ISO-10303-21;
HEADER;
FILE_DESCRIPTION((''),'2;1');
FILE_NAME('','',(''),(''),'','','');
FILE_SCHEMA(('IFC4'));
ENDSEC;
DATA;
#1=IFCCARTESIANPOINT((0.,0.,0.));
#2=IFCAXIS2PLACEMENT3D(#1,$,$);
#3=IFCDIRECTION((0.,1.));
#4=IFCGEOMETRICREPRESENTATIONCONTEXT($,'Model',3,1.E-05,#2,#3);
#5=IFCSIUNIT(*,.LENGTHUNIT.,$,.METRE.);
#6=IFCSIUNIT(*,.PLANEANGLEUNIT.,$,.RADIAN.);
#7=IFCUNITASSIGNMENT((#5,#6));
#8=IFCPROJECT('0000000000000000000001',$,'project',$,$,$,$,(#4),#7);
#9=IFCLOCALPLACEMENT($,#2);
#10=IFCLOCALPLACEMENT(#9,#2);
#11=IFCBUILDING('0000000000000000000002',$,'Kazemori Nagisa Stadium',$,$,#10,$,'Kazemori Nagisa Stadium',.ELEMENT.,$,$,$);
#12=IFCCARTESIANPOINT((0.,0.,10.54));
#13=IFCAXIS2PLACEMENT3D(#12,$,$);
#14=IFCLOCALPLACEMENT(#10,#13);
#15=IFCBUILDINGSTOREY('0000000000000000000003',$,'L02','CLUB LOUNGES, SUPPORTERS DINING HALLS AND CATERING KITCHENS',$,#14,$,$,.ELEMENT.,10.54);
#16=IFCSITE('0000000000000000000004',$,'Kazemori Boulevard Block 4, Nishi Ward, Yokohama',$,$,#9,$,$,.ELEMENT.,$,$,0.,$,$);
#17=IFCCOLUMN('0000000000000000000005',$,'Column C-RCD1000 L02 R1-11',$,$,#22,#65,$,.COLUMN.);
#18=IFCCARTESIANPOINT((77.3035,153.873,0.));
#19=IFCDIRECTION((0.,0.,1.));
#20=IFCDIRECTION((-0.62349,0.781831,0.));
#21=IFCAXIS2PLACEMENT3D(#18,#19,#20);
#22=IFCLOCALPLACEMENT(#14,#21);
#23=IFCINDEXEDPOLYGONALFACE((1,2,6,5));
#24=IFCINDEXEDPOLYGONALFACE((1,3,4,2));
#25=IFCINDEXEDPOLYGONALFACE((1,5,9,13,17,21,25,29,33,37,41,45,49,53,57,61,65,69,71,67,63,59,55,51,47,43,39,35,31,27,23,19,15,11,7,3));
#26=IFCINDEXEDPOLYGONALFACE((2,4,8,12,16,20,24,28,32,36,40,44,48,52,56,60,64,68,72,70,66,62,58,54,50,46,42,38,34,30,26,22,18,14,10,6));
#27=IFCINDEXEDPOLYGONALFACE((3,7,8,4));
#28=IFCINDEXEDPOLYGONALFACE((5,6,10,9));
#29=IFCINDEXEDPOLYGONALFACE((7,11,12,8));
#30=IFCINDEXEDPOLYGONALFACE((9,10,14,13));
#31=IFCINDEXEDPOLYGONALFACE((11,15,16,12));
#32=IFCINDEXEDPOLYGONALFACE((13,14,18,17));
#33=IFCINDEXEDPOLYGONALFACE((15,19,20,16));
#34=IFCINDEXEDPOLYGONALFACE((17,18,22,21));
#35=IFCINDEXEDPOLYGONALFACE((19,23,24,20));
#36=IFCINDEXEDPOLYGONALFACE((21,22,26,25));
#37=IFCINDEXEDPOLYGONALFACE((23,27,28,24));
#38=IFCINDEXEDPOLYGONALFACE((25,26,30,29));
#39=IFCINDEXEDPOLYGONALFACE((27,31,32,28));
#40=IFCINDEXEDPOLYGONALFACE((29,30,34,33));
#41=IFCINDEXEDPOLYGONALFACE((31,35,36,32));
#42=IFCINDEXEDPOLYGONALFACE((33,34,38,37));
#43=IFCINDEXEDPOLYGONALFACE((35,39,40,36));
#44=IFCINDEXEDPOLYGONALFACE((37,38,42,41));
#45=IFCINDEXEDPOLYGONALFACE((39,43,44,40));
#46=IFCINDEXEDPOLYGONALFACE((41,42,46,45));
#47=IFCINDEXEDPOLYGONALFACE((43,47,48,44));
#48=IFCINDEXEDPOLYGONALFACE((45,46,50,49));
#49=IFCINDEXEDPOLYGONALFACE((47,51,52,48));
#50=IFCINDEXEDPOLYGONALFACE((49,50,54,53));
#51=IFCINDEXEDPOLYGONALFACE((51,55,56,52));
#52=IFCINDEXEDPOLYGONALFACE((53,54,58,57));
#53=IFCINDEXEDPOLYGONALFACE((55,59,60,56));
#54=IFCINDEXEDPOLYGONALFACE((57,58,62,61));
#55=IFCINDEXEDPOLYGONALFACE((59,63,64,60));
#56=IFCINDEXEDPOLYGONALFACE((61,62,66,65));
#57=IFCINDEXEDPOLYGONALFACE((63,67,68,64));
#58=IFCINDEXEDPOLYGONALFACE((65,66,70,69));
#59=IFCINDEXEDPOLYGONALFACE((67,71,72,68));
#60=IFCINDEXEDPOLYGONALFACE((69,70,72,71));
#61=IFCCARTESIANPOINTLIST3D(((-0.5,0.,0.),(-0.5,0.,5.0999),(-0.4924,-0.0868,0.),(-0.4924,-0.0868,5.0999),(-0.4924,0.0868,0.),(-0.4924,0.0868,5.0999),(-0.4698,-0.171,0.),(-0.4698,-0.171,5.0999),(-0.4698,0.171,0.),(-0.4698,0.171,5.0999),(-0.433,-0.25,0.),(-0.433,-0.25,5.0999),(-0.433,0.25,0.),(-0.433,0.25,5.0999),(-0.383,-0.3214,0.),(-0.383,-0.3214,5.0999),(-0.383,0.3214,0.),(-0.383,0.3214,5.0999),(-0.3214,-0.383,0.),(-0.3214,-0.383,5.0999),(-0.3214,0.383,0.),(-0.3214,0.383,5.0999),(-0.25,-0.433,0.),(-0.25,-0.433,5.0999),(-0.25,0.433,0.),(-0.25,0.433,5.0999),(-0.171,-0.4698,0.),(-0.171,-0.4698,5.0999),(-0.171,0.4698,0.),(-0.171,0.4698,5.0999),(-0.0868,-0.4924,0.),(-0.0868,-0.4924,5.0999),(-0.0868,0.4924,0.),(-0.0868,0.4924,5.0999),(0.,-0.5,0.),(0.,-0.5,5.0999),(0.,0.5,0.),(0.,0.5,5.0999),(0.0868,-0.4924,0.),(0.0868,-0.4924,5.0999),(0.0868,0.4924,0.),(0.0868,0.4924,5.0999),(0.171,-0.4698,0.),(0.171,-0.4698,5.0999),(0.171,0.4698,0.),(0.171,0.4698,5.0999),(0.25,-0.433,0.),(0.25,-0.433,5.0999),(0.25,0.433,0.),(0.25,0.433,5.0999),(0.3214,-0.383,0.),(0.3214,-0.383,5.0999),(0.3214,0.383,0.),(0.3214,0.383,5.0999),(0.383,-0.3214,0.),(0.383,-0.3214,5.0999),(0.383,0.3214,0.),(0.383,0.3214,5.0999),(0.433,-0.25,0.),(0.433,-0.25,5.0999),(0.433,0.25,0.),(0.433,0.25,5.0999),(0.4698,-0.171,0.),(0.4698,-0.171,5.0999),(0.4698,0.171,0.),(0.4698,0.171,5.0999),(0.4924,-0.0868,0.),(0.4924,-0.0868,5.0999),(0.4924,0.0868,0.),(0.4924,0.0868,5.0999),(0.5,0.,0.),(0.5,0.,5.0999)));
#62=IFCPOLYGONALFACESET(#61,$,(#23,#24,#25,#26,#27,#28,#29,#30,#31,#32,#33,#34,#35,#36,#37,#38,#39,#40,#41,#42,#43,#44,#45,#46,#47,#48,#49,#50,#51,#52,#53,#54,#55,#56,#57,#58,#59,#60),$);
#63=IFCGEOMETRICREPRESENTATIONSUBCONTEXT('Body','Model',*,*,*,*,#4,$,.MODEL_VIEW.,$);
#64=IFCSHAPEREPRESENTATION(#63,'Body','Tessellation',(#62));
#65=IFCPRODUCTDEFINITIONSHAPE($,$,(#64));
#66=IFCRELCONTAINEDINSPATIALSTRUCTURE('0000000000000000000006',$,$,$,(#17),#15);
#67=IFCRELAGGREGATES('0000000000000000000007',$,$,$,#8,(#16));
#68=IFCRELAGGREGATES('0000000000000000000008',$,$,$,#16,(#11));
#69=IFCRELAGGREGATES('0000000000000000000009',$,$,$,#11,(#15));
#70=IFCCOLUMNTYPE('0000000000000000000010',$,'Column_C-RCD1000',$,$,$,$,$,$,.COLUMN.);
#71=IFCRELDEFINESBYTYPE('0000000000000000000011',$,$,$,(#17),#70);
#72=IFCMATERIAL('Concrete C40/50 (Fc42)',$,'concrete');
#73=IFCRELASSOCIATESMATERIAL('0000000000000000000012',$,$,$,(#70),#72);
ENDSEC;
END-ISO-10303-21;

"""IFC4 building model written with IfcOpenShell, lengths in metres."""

from ifc_helpers import new_model, si_unit, direction, frame, origin, origin_2d, place, context, subcontext, project, spatial, circle, extrude, material, material_profile, profile_set, type_object, element, save


model = new_model("IFC4")

# Units and contexts
model_context = context("Model", 3, precision=1e-05, world=origin(), true_north=direction((0.0, 1.0)))
body_context = subcontext(model_context, "Body", "Model", "MODEL_VIEW")
ifc_project = project(units=[si_unit("LENGTHUNIT", "METRE"), si_unit("PLANEANGLEUNIT", "RADIAN")], contexts=[model_context])

# Site, building, storey
site_placement = place(None, origin())
site = spatial("IfcSite", under=ifc_project, at=site_placement, Name="Kazemori Boulevard Block 4, Nishi Ward, Yokohama", CompositionType="ELEMENT", RefElevation=0.0)
building_placement = place(site_placement, origin())
building = spatial("IfcBuilding", under=site, at=building_placement, Name="Kazemori Nagisa Stadium", LongName="Kazemori Nagisa Stadium", CompositionType="ELEMENT")
storey_placement = place(building_placement, frame((0.0, 0.0, 10.54)))
storey = spatial("IfcBuildingStorey", under=building, at=storey_placement, Name="L02", Description="CLUB LOUNGES, SUPPORTERS DINING HALLS AND CATERING KITCHENS", CompositionType="ELEMENT", Elevation=10.54)

# Column
ifc_material_1 = material(Name="Concrete C40/50 (Fc42)", Category="concrete")
ifc_material_profile_1 = material_profile(ifc_material_1, circle(Radius=0.5, at=origin_2d()), Name="RC-COL-D1000")
ifc_profile_set_1 = profile_set([ifc_material_profile_1], Name="Concrete C40/50 (Fc42)")
column_type_1 = type_object("IfcColumnType", Name="Column_C-RCD1000", PredefinedType="COLUMN", material=ifc_profile_set_1)
column_1_placement = place(storey_placement, frame((77.3035, 153.873, 0.0), z_axis=(0.0, 0.0, 1.0), x_axis=(-0.62349, 0.781831, 0.0)))
element("IfcColumn", 1, at=column_1_placement, inside=storey, type_object=column_type_1, Name="Column C-RCD1000 L02 R1-11", PredefinedType="COLUMN", context=body_context, shape_type="SweptSolid", body=[
    extrude(circle(Radius=0.5, at=origin_2d()), origin(), (0.0, 0.0, 1.0), 5.0999),
])

save(model, "model.ifc")
